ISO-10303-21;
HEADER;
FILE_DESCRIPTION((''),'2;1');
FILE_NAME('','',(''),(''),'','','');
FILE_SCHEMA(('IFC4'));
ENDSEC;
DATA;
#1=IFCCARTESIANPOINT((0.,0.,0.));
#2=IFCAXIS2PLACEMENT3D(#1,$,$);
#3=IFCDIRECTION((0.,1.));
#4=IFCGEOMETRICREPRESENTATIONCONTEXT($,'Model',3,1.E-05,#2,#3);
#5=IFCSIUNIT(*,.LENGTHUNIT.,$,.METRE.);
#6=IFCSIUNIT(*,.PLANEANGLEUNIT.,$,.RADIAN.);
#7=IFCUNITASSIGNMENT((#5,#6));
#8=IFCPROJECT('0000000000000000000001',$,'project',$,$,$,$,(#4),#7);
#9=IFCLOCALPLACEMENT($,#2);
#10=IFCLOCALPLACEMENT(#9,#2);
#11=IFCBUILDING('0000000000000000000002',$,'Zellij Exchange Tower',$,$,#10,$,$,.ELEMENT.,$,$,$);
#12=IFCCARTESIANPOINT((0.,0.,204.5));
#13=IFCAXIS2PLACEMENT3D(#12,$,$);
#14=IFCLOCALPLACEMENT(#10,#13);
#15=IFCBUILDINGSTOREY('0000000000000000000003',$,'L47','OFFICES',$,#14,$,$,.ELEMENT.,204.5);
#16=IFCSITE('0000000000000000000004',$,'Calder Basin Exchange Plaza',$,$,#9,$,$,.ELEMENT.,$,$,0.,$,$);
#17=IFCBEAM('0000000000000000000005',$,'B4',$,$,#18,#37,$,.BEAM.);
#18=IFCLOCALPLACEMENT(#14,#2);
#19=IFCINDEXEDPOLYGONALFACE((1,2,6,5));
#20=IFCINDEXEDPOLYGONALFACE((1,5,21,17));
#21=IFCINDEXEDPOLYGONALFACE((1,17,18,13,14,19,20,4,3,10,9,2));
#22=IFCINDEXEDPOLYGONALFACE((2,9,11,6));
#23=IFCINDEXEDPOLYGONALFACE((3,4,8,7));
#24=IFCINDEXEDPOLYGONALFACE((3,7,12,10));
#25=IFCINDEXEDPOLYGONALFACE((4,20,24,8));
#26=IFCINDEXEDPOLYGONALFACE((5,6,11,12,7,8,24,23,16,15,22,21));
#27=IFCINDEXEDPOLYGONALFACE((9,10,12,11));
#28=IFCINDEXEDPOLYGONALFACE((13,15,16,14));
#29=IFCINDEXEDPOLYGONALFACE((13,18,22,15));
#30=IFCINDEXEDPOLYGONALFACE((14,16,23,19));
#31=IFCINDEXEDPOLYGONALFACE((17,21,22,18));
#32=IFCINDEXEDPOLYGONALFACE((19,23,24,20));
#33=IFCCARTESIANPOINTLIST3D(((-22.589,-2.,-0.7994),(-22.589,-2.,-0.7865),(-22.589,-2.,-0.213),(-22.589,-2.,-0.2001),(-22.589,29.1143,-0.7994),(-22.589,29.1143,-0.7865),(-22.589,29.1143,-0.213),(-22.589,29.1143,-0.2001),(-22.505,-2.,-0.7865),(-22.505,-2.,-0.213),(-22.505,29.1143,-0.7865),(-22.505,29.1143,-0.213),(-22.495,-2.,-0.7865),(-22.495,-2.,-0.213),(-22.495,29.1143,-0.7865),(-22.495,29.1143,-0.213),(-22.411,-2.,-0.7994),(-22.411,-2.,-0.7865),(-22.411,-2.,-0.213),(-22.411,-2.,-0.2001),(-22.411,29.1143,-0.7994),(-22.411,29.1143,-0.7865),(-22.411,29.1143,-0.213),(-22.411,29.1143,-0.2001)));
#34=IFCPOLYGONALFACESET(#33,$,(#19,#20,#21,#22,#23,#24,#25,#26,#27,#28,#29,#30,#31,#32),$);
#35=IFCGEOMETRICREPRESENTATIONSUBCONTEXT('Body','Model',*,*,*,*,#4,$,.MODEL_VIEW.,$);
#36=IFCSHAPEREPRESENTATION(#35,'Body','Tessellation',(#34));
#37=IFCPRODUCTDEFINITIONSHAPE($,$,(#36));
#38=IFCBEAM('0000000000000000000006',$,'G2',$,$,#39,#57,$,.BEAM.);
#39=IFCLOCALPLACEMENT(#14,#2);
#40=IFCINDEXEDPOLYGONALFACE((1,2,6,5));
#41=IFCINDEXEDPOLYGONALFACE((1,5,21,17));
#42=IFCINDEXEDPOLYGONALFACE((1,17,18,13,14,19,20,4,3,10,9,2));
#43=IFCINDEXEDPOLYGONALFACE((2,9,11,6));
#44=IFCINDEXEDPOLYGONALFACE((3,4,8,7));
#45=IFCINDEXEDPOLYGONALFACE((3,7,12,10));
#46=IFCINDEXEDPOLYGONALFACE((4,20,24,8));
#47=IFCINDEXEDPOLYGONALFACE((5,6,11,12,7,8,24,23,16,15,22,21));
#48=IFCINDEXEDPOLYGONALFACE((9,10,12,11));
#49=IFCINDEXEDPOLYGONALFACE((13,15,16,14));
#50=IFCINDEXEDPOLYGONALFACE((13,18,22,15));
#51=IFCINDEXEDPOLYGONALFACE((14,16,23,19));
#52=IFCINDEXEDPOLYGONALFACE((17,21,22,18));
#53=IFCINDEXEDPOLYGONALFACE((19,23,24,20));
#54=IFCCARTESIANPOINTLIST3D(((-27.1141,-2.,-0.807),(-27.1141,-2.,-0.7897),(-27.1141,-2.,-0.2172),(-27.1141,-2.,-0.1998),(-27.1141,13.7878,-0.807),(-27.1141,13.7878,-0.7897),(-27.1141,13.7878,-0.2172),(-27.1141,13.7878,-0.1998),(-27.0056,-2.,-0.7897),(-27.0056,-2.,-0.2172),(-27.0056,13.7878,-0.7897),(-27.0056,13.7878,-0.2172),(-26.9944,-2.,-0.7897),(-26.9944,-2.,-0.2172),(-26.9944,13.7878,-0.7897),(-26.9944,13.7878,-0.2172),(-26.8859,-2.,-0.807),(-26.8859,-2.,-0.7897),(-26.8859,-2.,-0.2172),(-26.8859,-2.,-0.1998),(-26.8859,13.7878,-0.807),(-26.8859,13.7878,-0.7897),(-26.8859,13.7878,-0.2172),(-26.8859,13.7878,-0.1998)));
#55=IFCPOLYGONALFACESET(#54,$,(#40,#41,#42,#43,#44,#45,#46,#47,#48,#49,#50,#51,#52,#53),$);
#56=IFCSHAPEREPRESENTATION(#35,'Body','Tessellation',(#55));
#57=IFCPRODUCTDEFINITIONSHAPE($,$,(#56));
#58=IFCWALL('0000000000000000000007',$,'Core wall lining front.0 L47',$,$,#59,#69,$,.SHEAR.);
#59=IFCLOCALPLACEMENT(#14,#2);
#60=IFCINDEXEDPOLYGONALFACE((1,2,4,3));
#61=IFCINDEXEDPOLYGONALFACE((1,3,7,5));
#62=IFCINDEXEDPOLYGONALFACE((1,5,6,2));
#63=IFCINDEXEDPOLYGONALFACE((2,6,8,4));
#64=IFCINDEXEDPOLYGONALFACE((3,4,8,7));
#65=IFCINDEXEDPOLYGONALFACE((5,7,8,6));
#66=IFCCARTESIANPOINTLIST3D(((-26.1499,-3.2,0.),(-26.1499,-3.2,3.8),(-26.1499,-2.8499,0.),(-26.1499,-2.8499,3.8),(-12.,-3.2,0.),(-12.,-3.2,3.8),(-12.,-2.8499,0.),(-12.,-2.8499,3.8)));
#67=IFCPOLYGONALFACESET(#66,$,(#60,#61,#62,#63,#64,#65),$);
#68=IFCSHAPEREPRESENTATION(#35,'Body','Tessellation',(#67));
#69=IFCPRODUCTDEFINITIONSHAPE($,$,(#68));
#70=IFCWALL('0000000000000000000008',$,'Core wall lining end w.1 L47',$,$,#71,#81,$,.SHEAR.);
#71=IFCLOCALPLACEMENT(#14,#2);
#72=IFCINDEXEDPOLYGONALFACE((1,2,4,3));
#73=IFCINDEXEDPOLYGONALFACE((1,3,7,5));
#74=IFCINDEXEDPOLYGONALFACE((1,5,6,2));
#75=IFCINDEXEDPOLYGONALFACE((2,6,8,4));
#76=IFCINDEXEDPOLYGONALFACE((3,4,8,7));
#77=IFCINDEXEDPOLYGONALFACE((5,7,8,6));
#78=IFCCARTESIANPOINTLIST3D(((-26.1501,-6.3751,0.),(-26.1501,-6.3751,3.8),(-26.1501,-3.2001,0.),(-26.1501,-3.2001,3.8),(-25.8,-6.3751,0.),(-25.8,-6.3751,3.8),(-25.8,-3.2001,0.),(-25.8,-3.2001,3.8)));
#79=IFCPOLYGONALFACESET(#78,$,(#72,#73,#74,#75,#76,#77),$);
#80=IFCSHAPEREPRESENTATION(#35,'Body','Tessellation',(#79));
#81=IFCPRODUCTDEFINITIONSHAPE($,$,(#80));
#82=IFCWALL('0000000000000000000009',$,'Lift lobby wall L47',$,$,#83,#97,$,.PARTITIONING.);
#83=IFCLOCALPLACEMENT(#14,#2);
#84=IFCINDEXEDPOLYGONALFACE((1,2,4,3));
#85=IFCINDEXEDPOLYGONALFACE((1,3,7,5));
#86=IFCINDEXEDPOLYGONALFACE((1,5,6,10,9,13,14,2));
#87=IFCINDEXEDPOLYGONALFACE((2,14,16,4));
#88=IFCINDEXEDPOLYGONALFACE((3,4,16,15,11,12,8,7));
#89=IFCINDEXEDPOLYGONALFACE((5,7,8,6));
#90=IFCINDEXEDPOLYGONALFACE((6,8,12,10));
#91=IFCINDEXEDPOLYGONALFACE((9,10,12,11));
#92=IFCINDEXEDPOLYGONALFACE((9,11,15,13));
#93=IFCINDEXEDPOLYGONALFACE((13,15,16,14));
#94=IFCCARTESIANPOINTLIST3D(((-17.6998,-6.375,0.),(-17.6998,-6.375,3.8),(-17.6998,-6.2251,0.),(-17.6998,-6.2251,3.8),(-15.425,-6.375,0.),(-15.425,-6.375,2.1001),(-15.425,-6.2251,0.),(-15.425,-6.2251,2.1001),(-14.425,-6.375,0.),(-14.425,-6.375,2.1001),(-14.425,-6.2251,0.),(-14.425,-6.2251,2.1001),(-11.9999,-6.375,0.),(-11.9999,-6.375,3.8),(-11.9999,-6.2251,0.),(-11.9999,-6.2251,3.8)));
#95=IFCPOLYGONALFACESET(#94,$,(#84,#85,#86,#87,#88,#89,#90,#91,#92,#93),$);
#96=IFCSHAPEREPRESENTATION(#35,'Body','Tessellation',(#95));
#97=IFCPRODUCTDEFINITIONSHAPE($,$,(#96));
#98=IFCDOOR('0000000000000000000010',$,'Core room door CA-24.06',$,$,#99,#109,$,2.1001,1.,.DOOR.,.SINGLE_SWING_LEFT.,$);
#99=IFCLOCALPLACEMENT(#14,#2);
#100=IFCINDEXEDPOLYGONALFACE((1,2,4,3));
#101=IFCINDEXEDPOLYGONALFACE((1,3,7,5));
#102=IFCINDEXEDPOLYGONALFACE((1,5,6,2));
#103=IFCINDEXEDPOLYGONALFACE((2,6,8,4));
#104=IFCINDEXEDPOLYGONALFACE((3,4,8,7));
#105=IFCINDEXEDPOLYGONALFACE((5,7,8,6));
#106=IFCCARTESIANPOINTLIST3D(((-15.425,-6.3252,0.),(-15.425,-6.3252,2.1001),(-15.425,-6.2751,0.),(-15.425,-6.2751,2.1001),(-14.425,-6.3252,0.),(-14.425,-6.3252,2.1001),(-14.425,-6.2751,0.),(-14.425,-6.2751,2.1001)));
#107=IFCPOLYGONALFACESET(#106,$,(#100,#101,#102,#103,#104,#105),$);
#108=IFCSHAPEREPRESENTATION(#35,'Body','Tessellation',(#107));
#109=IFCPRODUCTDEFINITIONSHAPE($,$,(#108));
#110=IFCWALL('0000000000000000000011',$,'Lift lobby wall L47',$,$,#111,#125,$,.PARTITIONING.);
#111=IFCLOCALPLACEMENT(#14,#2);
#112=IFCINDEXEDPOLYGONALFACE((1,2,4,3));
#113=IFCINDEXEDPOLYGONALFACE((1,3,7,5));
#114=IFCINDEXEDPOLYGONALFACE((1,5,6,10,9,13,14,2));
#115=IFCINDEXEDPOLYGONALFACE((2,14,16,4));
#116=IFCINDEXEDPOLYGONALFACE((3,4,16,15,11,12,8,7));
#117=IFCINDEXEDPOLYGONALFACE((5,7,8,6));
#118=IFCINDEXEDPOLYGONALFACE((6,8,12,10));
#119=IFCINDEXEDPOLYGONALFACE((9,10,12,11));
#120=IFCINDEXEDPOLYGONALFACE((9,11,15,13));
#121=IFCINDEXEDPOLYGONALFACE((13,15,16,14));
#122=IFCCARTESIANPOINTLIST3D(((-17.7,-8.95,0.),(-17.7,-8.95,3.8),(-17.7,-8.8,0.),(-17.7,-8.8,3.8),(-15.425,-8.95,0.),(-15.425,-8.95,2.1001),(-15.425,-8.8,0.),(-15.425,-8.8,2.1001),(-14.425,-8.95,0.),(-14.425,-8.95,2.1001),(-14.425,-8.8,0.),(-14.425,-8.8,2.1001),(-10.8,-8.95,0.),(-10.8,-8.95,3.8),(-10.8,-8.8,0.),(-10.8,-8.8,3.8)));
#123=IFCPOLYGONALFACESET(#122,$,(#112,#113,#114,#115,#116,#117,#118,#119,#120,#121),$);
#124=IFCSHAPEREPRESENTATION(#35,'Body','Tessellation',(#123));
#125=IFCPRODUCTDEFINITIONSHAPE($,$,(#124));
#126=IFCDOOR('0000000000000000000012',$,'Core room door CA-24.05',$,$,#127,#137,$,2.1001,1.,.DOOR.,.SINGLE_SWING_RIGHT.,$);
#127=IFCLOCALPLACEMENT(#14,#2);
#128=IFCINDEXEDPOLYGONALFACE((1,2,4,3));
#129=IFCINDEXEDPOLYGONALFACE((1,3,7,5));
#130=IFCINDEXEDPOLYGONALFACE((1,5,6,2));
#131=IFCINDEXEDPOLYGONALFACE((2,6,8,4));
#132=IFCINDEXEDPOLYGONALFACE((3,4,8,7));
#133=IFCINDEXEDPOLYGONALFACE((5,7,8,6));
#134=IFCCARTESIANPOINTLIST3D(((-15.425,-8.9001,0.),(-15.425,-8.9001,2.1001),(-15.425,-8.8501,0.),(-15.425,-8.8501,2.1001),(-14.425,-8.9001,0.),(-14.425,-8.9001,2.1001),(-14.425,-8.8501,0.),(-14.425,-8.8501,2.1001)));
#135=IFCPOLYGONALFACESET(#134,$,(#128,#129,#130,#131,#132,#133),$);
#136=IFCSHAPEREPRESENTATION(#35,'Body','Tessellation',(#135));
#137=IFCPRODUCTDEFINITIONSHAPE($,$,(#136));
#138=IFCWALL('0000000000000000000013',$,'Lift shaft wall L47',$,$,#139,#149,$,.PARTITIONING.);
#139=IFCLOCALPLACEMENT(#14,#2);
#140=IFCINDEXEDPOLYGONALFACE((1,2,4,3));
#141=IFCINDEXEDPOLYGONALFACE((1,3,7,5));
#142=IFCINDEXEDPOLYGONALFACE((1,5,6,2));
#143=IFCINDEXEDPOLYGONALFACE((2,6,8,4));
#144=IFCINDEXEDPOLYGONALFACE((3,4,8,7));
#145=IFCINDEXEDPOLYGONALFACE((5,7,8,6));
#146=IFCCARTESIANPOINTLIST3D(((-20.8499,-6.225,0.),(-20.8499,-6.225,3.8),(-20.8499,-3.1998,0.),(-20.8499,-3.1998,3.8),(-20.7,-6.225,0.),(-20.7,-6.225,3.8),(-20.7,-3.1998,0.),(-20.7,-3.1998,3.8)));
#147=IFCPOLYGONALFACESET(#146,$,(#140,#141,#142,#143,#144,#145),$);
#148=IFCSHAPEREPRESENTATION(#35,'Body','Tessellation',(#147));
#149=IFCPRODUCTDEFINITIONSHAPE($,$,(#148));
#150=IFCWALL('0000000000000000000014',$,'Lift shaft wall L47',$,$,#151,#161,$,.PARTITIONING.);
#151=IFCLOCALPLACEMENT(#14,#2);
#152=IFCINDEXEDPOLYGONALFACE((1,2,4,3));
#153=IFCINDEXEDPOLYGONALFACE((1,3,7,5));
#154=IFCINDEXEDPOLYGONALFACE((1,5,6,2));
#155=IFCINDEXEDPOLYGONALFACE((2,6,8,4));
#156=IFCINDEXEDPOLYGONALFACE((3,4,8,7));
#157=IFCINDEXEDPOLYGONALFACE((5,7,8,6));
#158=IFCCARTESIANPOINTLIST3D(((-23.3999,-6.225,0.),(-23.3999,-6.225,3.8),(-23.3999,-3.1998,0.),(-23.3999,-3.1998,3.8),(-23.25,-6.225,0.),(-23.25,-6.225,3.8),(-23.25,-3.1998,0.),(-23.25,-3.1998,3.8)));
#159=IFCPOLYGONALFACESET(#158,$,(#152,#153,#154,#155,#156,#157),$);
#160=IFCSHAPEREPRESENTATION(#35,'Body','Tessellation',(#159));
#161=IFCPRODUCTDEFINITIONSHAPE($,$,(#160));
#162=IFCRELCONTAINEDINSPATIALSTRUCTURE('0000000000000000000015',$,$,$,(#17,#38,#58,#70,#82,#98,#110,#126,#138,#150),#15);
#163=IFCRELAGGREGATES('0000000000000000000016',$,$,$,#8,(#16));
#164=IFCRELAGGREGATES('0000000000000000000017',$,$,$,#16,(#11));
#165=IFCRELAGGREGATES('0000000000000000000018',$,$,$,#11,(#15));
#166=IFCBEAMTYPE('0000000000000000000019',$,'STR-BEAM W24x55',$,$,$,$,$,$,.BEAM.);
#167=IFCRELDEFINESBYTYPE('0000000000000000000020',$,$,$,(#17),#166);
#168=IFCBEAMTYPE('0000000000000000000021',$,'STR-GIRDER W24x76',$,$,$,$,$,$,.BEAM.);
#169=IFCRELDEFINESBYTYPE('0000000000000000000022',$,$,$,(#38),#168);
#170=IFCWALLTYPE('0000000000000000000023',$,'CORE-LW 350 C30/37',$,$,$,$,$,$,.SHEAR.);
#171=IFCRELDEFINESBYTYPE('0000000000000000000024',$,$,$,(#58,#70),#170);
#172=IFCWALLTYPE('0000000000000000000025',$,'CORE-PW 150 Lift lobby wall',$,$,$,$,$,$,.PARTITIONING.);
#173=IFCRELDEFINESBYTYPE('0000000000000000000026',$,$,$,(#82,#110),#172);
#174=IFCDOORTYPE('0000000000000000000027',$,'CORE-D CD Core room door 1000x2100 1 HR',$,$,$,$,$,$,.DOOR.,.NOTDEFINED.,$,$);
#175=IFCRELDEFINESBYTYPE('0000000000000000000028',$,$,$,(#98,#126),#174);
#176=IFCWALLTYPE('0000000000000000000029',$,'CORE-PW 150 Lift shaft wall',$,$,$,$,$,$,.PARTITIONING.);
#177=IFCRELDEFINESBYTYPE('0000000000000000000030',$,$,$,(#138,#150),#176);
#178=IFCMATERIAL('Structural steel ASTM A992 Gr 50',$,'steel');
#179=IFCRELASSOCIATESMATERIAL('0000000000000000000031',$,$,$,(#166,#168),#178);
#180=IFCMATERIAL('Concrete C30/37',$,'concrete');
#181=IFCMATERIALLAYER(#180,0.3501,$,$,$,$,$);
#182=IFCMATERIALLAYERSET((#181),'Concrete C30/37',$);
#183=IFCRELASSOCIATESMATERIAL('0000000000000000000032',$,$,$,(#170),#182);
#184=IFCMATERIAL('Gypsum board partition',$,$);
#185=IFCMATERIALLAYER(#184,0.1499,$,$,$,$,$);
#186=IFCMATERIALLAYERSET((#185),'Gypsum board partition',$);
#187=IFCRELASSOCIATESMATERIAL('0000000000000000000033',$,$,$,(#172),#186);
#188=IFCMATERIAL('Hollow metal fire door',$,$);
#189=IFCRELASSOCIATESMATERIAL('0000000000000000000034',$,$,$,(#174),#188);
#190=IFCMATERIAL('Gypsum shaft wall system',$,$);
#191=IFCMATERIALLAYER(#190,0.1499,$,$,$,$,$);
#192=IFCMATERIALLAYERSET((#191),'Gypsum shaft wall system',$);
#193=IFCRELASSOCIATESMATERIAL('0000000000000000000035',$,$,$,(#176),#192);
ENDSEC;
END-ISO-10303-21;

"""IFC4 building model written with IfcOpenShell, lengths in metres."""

from ifc_helpers import new_model, si_unit, direction, frame, frame_2d, origin, origin_2d, place, context, subcontext, project, spatial, rectangle, i_section, extrude, material, layer, layer_set, material_profile, profile_set, type_object, element, fill, save


model = new_model("IFC4")

# Units and contexts
model_context = context("Model", 3, precision=1e-05, world=origin(), true_north=direction((0.0, 1.0)))
body_context = subcontext(model_context, "Body", "Model", "MODEL_VIEW")
ifc_project = project(units=[si_unit("LENGTHUNIT", "METRE"), si_unit("PLANEANGLEUNIT", "RADIAN")], contexts=[model_context])

# Site, building, storey
site_placement = place(None, origin())
site = spatial("IfcSite", under=ifc_project, at=site_placement, Name="Calder Basin Exchange Plaza", CompositionType="ELEMENT", RefElevation=0.0)
building_placement = place(site_placement, origin())
building = spatial("IfcBuilding", under=site, at=building_placement, Name="Zellij Exchange Tower", CompositionType="ELEMENT")
storey_placement = place(building_placement, frame((0.0, 0.0, 204.5)))
storey = spatial("IfcBuildingStorey", under=building, at=storey_placement, Name="L47", Description="OFFICES", CompositionType="ELEMENT", Elevation=204.5)

# Beams
ifc_material_1 = material(Name="Structural steel ASTM A992 Gr 50", Category="steel")
ifc_material_profile_1 = material_profile(ifc_material_1, i_section(OverallWidth=0.178, OverallDepth=0.5994, WebThickness=0.01, FlangeThickness=0.0129, at=origin_2d()), Name="W24x55")
ifc_profile_set_1 = profile_set([ifc_material_profile_1], Name="Structural steel ASTM A992 Gr 50")
beam_type_1 = type_object("IfcBeamType", Name="STR-BEAM W24x55", PredefinedType="BEAM", material=ifc_profile_set_1)
beam_1_placement = place(storey_placement, frame((-22.5, -2.0, -0.4998), z_axis=(0.0, 1.0, 0.0), x_axis=(-1.0, 0.0, 0.0)))
element("IfcBeam", 1, at=beam_1_placement, inside=storey, type_object=beam_type_1, Name="B4", PredefinedType="BEAM", context=body_context, shape_type="SweptSolid", body=[
    extrude(i_section(OverallWidth=0.178, OverallDepth=0.5994, WebThickness=0.01, FlangeThickness=0.0129, at=origin_2d()), origin(), (0.0, 0.0, 1.0), 31.1143),
])
ifc_material_profile_2 = material_profile(ifc_material_1, i_section(OverallWidth=0.2283, OverallDepth=0.6072, WebThickness=0.0112, FlangeThickness=0.0173, at=origin_2d()), Name="W24x76")
ifc_profile_set_2 = profile_set([ifc_material_profile_2], Name="Structural steel ASTM A992 Gr 50")
beam_type_2 = type_object("IfcBeamType", Name="STR-GIRDER W24x76", PredefinedType="BEAM", material=ifc_profile_set_2)
beam_2_placement = place(storey_placement, frame((-27.0, -2.0, -0.5034), z_axis=(0.0, 1.0, 0.0), x_axis=(-1.0, 0.0, 0.0)))
element("IfcBeam", 2, at=beam_2_placement, inside=storey, type_object=beam_type_2, Name="G2", PredefinedType="BEAM", context=body_context, shape_type="SweptSolid", body=[
    extrude(i_section(OverallWidth=0.2283, OverallDepth=0.6072, WebThickness=0.0112, FlangeThickness=0.0173, at=origin_2d()), origin(), (0.0, 0.0, 1.0), 15.7878),
])

# Walls
ifc_material_2 = material(Name="Concrete C30/37", Category="concrete")
ifc_layer_1 = layer(ifc_material_2, 0.3501)
ifc_layer_set_1 = layer_set([ifc_layer_1], Name="Concrete C30/37")
wall_type_1 = type_object("IfcWallType", Name="CORE-LW 350 C30/37", PredefinedType="SHEAR", material=ifc_layer_set_1)
wall_1_placement = place(storey_placement, frame((-26.1499, -3.0249, 0.0), z_axis=(0.0, 0.0, 1.0), x_axis=(1.0, 0.0, 0.0)))
element("IfcWall", 3, at=wall_1_placement, inside=storey, type_object=wall_type_1, Name="Core wall lining front.0 L47", PredefinedType="SHEAR", context=body_context, shape_type="SweptSolid", body=[
    extrude(rectangle(XDim=14.1499, YDim=0.3501, at=frame_2d((7.075, 0.0))), origin(), (0.0, 0.0, 1.0), 3.8),
])
wall_2_placement = place(storey_placement, frame((-25.9751, -6.375, 0.0), z_axis=(0.0, 0.0, 1.0), x_axis=(0.0, 1.0, 0.0)))
element("IfcWall", 4, at=wall_2_placement, inside=storey, type_object=wall_type_1, Name="Core wall lining end w.1 L47", PredefinedType="SHEAR", context=body_context, shape_type="SweptSolid", body=[
    extrude(rectangle(XDim=3.175, YDim=0.3501, at=frame_2d((1.5874, 0.0))), origin(), (0.0, 0.0, 1.0), 3.8),
])

# Walls, openings, doors
ifc_material_3 = material(Name="Gypsum board partition")
ifc_layer_2 = layer(ifc_material_3, 0.1499)
ifc_layer_set_2 = layer_set([ifc_layer_2], Name="Gypsum board partition")
wall_type_2 = type_object("IfcWallType", Name="CORE-PW 150 Lift lobby wall", PredefinedType="PARTITIONING", material=ifc_layer_set_2)
wall_3_placement = place(storey_placement, frame((-17.7, -6.3, 0.0), z_axis=(0.0, 0.0, 1.0), x_axis=(1.0, 0.0, 0.0)))
wall_3 = element("IfcWall", 5, at=wall_3_placement, inside=storey, type_object=wall_type_2, Name="Lift lobby wall L47", PredefinedType="PARTITIONING", context=body_context, shape_type="SweptSolid", body=[
    extrude(rectangle(XDim=5.7, YDim=0.1499, at=frame_2d((2.8501, 0.0))), origin(), (0.0, 0.0, 1.0), 3.8),
])
opening_1_placement = place(wall_3_placement, frame((2.2749, 0.0, 0.0)))
opening_1 = element("IfcOpeningElement", 6, at=opening_1_placement, cuts=wall_3, PredefinedType="OPENING", context=body_context, shape_type="SweptSolid", body=[
    extrude(rectangle(XDim=1.0, YDim=2.1001, at=frame_2d((0.5, 1.05))), frame((0.0, 0.0869, 0.0), z_axis=(0.0, -1.0, 0.0), x_axis=(1.0, 0.0, 0.0)), (0.0, 0.0, 1.0), 0.1738),
])
ifc_material_4 = material(Name="Hollow metal fire door")
door_type_1 = type_object("IfcDoorType", Name="CORE-D CD Core room door 1000x2100 1 HR", OperationType="NOTDEFINED", PredefinedType="DOOR", material=ifc_material_4)
door_1_placement = place(opening_1_placement, origin())
door_1 = element("IfcDoor", 7, at=door_1_placement, inside=storey, type_object=door_type_1, Name="Core room door CA-24.06", OperationType="SINGLE_SWING_LEFT", OverallHeight=2.1001, OverallWidth=1.0, PredefinedType="DOOR", context=body_context, shape_type="SweptSolid", body=[
    extrude(rectangle(XDim=1.0, YDim=2.1001, at=frame_2d((0.5, 1.05))), frame((0.0, 0.0249, 0.0), z_axis=(0.0, -1.0, 0.0), x_axis=(1.0, 0.0, 0.0)), (0.0, 0.0, 1.0), 0.05),
])
fill(opening_1, door_1)
wall_4_placement = place(storey_placement, frame((-17.7, -8.875, 0.0), z_axis=(0.0, 0.0, 1.0), x_axis=(1.0, 0.0, 0.0)))
wall_4 = element("IfcWall", 8, at=wall_4_placement, inside=storey, type_object=wall_type_2, Name="Lift lobby wall L47", PredefinedType="PARTITIONING", context=body_context, shape_type="SweptSolid", body=[
    extrude(rectangle(XDim=6.8999, YDim=0.1499, at=frame_2d((3.45, 0.0))), origin(), (0.0, 0.0, 1.0), 3.8),
])
opening_2_placement = place(wall_4_placement, frame((2.2749, 0.0, 0.0)))
opening_2 = element("IfcOpeningElement", 9, at=opening_2_placement, cuts=wall_4, PredefinedType="OPENING", context=body_context, shape_type="SweptSolid", body=[
    extrude(rectangle(XDim=1.0, YDim=2.1001, at=frame_2d((0.5, 1.05))), frame((0.0, 0.0869, 0.0), z_axis=(0.0, -1.0, 0.0), x_axis=(1.0, 0.0, 0.0)), (0.0, 0.0, 1.0), 0.1738),
])
door_2_placement = place(opening_2_placement, origin())
door_2 = element("IfcDoor", 10, at=door_2_placement, inside=storey, type_object=door_type_1, Name="Core room door CA-24.05", OperationType="SINGLE_SWING_RIGHT", OverallHeight=2.1001, OverallWidth=1.0, PredefinedType="DOOR", context=body_context, shape_type="SweptSolid", body=[
    extrude(rectangle(XDim=1.0, YDim=2.1001, at=frame_2d((0.5, 1.05))), frame((0.0, 0.0249, 0.0), z_axis=(0.0, -1.0, 0.0), x_axis=(1.0, 0.0, 0.0)), (0.0, 0.0, 1.0), 0.05),
])
fill(opening_2, door_2)

# Walls
ifc_material_5 = material(Name="Gypsum shaft wall system")
ifc_layer_3 = layer(ifc_material_5, 0.1499)
ifc_layer_set_3 = layer_set([ifc_layer_3], Name="Gypsum shaft wall system")
wall_type_3 = type_object("IfcWallType", Name="CORE-PW 150 Lift shaft wall", PredefinedType="PARTITIONING", material=ifc_layer_set_3)
for number, where, z_axis, x_axis, name in (
    (11, (-20.7749, -6.2251, 0.0), (0.0, 0.0, 1.0), (0.0, 1.0, 0.0), "Lift shaft wall L47"),
    (12, (-23.325, -6.2251, 0.0), (0.0, 0.0, 1.0), (0.0, 1.0, 0.0), "Lift shaft wall L47"),
):
    element("IfcWall", number, at=place(storey_placement, frame(where, z_axis=z_axis, x_axis=x_axis)), inside=storey, type_object=wall_type_3, Name=name, PredefinedType="PARTITIONING", context=body_context, shape_type="SweptSolid", body=[
        extrude(rectangle(XDim=3.0251, YDim=0.1499, at=frame_2d((1.5127, 0.0))), origin(), (0.0, 0.0, 1.0), 3.8),
    ])

save(model, "model.ifc")
